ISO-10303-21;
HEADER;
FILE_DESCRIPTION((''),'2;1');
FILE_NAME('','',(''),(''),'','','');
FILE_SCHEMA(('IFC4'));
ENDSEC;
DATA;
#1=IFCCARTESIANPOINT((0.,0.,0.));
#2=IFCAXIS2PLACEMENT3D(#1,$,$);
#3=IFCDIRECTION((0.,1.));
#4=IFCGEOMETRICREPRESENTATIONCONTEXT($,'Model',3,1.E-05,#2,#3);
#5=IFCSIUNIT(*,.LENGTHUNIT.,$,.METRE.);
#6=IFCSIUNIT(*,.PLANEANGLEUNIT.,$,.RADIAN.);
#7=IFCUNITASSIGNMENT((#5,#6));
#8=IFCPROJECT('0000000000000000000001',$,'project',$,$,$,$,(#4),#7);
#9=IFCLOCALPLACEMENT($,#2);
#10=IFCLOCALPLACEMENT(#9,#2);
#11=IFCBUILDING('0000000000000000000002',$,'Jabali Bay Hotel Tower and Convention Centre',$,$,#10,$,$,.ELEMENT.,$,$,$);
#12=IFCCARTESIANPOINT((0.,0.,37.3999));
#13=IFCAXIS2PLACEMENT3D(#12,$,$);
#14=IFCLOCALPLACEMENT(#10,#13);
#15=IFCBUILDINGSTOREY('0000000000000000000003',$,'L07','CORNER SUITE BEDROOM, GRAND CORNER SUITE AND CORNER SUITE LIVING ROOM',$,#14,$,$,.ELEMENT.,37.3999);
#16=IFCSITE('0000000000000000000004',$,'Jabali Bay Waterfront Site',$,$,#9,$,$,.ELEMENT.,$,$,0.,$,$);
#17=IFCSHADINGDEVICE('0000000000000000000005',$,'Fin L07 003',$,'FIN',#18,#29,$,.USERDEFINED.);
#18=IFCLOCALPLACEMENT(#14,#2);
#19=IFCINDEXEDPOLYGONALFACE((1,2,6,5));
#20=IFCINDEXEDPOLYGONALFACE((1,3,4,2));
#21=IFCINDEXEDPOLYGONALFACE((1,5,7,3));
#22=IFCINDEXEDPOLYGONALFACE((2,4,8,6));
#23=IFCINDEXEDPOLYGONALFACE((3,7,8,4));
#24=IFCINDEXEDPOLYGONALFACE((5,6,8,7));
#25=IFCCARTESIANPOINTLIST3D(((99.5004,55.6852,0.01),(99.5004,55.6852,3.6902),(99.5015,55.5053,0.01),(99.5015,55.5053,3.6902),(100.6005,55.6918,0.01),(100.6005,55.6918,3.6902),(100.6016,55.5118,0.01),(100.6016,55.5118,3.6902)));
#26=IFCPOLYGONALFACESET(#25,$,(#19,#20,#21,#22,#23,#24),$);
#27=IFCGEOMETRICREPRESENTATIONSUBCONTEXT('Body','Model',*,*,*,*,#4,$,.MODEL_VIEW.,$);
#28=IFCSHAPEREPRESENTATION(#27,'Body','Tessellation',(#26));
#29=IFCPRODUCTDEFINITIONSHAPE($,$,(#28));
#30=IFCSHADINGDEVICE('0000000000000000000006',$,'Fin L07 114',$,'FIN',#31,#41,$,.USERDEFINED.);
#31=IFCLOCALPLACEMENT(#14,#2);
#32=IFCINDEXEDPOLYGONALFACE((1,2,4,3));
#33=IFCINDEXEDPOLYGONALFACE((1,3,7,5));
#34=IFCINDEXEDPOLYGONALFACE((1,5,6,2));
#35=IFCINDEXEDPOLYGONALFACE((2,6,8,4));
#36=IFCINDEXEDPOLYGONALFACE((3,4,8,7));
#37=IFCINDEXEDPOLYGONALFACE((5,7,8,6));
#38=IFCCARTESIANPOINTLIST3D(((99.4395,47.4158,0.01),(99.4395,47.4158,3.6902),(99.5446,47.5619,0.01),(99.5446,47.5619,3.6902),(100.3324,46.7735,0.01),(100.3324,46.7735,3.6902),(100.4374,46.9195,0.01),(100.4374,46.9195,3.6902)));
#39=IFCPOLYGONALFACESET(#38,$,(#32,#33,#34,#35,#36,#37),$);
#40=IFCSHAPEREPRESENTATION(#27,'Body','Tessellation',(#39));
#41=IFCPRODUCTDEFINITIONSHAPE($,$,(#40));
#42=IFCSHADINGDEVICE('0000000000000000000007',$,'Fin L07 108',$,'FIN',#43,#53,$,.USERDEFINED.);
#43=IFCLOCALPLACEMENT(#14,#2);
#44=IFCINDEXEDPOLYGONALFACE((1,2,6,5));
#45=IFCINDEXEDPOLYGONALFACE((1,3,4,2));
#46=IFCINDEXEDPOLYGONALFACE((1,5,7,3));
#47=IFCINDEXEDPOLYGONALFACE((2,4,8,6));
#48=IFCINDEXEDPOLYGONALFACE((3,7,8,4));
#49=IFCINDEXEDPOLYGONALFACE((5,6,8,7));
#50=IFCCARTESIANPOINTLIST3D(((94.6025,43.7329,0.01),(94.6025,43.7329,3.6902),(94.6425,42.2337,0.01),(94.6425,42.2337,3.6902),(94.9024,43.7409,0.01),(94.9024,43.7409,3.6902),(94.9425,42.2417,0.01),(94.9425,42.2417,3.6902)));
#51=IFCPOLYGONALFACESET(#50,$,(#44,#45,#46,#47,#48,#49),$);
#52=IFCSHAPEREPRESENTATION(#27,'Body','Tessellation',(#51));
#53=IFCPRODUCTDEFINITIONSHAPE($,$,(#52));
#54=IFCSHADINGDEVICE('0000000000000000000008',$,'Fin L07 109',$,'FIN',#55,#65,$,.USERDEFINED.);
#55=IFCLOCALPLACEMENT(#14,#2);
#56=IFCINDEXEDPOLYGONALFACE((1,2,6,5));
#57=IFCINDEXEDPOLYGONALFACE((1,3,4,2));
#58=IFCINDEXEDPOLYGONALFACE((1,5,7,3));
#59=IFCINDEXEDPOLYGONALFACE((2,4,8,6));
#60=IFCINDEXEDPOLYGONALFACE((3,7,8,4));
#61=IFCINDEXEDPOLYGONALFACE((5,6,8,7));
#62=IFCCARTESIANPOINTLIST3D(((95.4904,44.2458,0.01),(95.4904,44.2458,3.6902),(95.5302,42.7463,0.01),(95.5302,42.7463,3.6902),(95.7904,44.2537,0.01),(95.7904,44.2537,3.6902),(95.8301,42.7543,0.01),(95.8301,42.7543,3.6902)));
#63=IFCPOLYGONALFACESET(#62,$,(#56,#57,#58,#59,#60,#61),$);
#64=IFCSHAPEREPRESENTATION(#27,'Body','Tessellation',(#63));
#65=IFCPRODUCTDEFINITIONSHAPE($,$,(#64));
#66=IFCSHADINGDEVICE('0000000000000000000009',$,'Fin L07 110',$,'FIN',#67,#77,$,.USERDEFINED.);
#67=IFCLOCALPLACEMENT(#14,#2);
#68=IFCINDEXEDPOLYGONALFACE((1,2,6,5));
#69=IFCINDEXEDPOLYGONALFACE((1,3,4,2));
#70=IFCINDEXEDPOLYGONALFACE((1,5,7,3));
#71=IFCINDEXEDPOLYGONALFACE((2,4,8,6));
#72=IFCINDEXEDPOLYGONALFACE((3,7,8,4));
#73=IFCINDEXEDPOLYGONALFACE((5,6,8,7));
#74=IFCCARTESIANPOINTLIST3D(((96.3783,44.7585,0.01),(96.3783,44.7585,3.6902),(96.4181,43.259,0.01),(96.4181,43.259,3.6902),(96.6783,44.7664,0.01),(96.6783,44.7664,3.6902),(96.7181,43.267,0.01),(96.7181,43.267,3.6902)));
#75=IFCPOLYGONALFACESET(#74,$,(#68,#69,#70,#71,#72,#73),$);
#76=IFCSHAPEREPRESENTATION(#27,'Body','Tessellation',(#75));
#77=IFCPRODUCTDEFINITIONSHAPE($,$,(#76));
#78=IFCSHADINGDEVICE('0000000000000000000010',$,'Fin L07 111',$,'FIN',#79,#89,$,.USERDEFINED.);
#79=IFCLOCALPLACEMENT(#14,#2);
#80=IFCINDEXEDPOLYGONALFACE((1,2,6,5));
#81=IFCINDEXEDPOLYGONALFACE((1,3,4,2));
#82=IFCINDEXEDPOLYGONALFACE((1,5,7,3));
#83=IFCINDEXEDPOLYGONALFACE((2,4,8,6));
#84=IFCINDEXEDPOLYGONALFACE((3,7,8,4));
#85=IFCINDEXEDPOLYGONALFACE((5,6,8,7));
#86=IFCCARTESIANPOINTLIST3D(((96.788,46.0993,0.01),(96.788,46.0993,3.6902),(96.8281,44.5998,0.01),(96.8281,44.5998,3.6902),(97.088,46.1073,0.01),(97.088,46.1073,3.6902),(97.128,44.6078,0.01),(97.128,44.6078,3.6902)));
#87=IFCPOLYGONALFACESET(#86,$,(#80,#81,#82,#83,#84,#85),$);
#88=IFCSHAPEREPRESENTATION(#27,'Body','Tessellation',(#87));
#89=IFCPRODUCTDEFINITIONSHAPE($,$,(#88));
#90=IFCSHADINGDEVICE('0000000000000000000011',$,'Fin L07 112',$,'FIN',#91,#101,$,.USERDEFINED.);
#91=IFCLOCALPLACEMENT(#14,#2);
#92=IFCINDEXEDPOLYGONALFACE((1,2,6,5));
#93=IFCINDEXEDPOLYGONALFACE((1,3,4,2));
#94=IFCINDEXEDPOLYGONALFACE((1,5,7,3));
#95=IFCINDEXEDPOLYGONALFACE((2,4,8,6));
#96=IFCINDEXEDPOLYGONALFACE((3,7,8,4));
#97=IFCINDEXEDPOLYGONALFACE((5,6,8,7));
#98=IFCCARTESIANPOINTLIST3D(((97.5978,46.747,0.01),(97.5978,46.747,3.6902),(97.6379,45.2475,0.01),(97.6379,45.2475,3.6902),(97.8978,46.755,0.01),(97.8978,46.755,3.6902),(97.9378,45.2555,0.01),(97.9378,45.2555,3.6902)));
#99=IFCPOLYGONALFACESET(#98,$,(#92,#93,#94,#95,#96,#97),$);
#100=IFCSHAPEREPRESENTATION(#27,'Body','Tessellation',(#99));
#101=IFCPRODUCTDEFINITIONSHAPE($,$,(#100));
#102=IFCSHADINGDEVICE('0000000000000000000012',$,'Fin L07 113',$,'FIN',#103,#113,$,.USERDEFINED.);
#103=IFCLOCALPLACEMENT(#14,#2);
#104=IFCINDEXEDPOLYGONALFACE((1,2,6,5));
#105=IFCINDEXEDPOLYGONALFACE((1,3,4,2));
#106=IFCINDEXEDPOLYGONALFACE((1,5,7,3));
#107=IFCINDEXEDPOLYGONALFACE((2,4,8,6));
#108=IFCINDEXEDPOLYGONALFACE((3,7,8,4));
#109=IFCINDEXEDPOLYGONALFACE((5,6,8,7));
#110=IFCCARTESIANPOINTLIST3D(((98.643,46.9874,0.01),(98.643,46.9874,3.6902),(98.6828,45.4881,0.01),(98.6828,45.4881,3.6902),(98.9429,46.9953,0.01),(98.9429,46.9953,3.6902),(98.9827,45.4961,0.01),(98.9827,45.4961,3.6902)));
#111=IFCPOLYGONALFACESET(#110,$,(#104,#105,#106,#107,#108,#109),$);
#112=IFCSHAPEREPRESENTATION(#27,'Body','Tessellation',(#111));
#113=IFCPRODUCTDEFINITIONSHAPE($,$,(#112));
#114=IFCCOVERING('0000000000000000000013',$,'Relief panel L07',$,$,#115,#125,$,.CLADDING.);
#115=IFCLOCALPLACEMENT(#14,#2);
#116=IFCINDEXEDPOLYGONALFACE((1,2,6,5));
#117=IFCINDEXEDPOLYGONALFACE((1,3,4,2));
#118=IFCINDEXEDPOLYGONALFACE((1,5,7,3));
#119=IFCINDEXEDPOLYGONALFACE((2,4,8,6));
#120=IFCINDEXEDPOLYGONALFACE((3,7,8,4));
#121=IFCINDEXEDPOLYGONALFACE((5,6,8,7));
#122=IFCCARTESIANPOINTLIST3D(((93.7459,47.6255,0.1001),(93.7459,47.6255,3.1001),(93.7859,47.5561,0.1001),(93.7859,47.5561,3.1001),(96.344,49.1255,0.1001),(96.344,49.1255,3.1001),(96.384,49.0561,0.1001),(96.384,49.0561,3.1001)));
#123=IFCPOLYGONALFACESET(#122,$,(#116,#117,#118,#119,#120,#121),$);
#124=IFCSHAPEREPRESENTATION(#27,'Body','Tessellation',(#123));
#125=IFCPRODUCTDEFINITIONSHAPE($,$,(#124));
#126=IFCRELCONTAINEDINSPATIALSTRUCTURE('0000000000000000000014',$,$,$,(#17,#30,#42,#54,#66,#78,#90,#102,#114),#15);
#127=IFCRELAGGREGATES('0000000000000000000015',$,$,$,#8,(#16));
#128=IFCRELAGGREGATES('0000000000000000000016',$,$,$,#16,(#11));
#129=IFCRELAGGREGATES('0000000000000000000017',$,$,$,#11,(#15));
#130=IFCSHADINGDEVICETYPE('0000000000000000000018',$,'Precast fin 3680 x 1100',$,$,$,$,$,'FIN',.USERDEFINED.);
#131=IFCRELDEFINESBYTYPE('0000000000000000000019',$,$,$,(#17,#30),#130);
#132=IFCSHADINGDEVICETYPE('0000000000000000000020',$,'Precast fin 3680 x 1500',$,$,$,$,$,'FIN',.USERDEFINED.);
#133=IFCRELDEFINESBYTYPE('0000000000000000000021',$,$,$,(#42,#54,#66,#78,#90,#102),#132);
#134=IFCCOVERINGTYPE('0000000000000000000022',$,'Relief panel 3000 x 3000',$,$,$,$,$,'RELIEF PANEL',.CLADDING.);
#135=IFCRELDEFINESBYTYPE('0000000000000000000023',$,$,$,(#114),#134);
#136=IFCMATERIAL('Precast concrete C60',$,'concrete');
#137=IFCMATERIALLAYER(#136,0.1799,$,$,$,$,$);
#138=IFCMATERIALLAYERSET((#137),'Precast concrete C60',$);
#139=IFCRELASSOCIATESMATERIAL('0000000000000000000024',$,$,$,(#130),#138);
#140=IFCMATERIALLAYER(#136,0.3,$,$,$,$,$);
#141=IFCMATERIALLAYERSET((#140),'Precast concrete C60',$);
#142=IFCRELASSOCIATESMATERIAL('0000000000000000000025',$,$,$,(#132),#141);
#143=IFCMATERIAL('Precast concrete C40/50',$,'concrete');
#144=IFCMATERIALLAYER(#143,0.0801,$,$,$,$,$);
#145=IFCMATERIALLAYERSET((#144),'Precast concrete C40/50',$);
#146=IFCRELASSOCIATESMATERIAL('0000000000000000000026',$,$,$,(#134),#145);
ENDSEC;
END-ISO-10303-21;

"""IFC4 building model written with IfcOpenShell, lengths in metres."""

from ifc_helpers import new_model, si_unit, direction, frame, frame_2d, origin, origin_2d, place, context, subcontext, project, spatial, rectangle, extrude, material, layer, layer_set, type_object, element, save


model = new_model("IFC4")

# Units and contexts
model_context = context("Model", 3, precision=1e-05, world=origin(), true_north=direction((0.0, 1.0)))
body_context = subcontext(model_context, "Body", "Model", "MODEL_VIEW")
ifc_project = project(units=[si_unit("LENGTHUNIT", "METRE"), si_unit("PLANEANGLEUNIT", "RADIAN")], contexts=[model_context])

# Site, building, storey
site_placement = place(None, origin())
site = spatial("IfcSite", under=ifc_project, at=site_placement, Name="Jabali Bay Waterfront Site", CompositionType="ELEMENT", RefElevation=0.0)
building_placement = place(site_placement, origin())
building = spatial("IfcBuilding", under=site, at=building_placement, Name="Jabali Bay Hotel Tower and Convention Centre", CompositionType="ELEMENT")
storey_placement = place(building_placement, frame((0.0, 0.0, 37.3999)))
storey = spatial("IfcBuildingStorey", under=building, at=storey_placement, Name="L07", Description="CORNER SUITE BEDROOM, GRAND CORNER SUITE AND CORNER SUITE LIVING ROOM", CompositionType="ELEMENT", Elevation=37.3999)

# Shading devices
ifc_material_1 = material(Name="Precast concrete C60", Category="concrete")
ifc_layer_1 = layer(ifc_material_1, 0.1799)
ifc_layer_set_1 = layer_set([ifc_layer_1], Name="Precast concrete C60")
shading_device_type_1 = type_object("IfcShadingDeviceType", Name="Precast fin 3680 x 1100", ElementType="FIN", PredefinedType="USERDEFINED", material=ifc_layer_set_1)
for number, where, z_axis, x_axis, name in (
    (1, (99.501, 55.5952, 0.01), (0.0, 0.0, 1.0), (0.999982, 0.005992, 0.0), "Fin L07 003"),
):
    element("IfcShadingDevice", number, at=place(storey_placement, frame(where, z_axis=z_axis, x_axis=x_axis)), inside=storey, type_object=shading_device_type_1, Name=name, ObjectType="FIN", PredefinedType="USERDEFINED", context=body_context, shape_type="SweptSolid", body=[
        extrude(rectangle(XDim=1.1001, YDim=0.1799, at=frame_2d((0.55, 0.0))), origin(), (0.0, 0.0, 1.0), 3.6802),
    ])
shading_device_1_placement = place(storey_placement, frame((99.4922, 47.4888, 0.01), z_axis=(0.0, 0.0, 1.0), x_axis=(0.811749, -0.584006, 0.0)))
element("IfcShadingDevice", 2, at=shading_device_1_placement, inside=storey, type_object=shading_device_type_1, Name="Fin L07 114", ObjectType="FIN", PredefinedType="USERDEFINED", context=body_context, shape_type="SweptSolid", body=[
    extrude(rectangle(XDim=1.0999, YDim=0.1799, at=frame_2d((0.5498, 0.0))), origin(), (0.0, 0.0, 1.0), 3.6802),
])
ifc_layer_2 = layer(ifc_material_1, 0.3)
ifc_layer_set_2 = layer_set([ifc_layer_2], Name="Precast concrete C60")
shading_device_type_2 = type_object("IfcShadingDeviceType", Name="Precast fin 3680 x 1500", ElementType="FIN", PredefinedType="USERDEFINED", material=ifc_layer_set_2)
shading_device_2_placement = place(storey_placement, frame((94.7524, 43.7371, 0.01), z_axis=(0.0, 0.0, 1.0), x_axis=(0.026696, -0.999644, 0.0)))
element("IfcShadingDevice", 3, at=shading_device_2_placement, inside=storey, type_object=shading_device_type_2, Name="Fin L07 108", ObjectType="FIN", PredefinedType="USERDEFINED", context=body_context, shape_type="SweptSolid", body=[
    extrude(rectangle(XDim=1.4998, YDim=0.3, at=frame_2d((0.75, 0.0))), origin(), (0.0, 0.0, 1.0), 3.6802),
])
for number, where, z_axis, x_axis, name in (
    (4, (95.6404, 44.2498, 0.01), (0.0, 0.0, 1.0), (0.026529, -0.999648, 0.0), "Fin L07 109"),
    (5, (96.5283, 44.7625, 0.01), (0.0, 0.0, 1.0), (0.026529, -0.999648, 0.0), "Fin L07 110"),
    (6, (96.938, 46.1033, 0.01), (0.0, 0.0, 1.0), (0.026692, -0.999644, 0.0), "Fin L07 111"),
    (7, (97.7478, 46.751, 0.01), (0.0, 0.0, 1.0), (0.026692, -0.999644, 0.0), "Fin L07 112"),
):
    element("IfcShadingDevice", number, at=place(storey_placement, frame(where, z_axis=z_axis, x_axis=x_axis)), inside=storey, type_object=shading_device_type_2, Name=name, ObjectType="FIN", PredefinedType="USERDEFINED", context=body_context, shape_type="SweptSolid", body=[
        extrude(rectangle(XDim=1.5, YDim=0.3, at=frame_2d((0.75, 0.0))), origin(), (0.0, 0.0, 1.0), 3.6802),
    ])
shading_device_3_placement = place(storey_placement, frame((98.793, 46.9915, 0.01), z_axis=(0.0, 0.0, 1.0), x_axis=(0.026534, -0.999648, 0.0)))
element("IfcShadingDevice", 8, at=shading_device_3_placement, inside=storey, type_object=shading_device_type_2, Name="Fin L07 113", ObjectType="FIN", PredefinedType="USERDEFINED", context=body_context, shape_type="SweptSolid", body=[
    extrude(rectangle(XDim=1.4998, YDim=0.3, at=frame_2d((0.75, 0.0))), origin(), (0.0, 0.0, 1.0), 3.6802),
])

# Covering
ifc_material_2 = material(Name="Precast concrete C40/50", Category="concrete")
ifc_layer_3 = layer(ifc_material_2, 0.0801)
ifc_layer_set_3 = layer_set([ifc_layer_3], Name="Precast concrete C40/50")
covering_type = type_object("IfcCoveringType", Name="Relief panel 3000 x 3000", ElementType="RELIEF PANEL", PredefinedType="CLADDING", material=ifc_layer_set_3)
covering_placement = place(storey_placement, frame((95.0649, 48.3408, 0.1001), z_axis=(0.0, 0.0, 1.0), x_axis=(-0.866025, -0.5, 0.0)))
element("IfcCovering", 9, at=covering_placement, inside=storey, type_object=covering_type, Name="Relief panel L07", PredefinedType="CLADDING", context=body_context, shape_type="SweptSolid", body=[
    extrude(rectangle(XDim=3.0, YDim=0.0801, at=origin_2d()), origin(), (0.0, 0.0, 1.0), 3.0),
])

save(model, "model.ifc")
